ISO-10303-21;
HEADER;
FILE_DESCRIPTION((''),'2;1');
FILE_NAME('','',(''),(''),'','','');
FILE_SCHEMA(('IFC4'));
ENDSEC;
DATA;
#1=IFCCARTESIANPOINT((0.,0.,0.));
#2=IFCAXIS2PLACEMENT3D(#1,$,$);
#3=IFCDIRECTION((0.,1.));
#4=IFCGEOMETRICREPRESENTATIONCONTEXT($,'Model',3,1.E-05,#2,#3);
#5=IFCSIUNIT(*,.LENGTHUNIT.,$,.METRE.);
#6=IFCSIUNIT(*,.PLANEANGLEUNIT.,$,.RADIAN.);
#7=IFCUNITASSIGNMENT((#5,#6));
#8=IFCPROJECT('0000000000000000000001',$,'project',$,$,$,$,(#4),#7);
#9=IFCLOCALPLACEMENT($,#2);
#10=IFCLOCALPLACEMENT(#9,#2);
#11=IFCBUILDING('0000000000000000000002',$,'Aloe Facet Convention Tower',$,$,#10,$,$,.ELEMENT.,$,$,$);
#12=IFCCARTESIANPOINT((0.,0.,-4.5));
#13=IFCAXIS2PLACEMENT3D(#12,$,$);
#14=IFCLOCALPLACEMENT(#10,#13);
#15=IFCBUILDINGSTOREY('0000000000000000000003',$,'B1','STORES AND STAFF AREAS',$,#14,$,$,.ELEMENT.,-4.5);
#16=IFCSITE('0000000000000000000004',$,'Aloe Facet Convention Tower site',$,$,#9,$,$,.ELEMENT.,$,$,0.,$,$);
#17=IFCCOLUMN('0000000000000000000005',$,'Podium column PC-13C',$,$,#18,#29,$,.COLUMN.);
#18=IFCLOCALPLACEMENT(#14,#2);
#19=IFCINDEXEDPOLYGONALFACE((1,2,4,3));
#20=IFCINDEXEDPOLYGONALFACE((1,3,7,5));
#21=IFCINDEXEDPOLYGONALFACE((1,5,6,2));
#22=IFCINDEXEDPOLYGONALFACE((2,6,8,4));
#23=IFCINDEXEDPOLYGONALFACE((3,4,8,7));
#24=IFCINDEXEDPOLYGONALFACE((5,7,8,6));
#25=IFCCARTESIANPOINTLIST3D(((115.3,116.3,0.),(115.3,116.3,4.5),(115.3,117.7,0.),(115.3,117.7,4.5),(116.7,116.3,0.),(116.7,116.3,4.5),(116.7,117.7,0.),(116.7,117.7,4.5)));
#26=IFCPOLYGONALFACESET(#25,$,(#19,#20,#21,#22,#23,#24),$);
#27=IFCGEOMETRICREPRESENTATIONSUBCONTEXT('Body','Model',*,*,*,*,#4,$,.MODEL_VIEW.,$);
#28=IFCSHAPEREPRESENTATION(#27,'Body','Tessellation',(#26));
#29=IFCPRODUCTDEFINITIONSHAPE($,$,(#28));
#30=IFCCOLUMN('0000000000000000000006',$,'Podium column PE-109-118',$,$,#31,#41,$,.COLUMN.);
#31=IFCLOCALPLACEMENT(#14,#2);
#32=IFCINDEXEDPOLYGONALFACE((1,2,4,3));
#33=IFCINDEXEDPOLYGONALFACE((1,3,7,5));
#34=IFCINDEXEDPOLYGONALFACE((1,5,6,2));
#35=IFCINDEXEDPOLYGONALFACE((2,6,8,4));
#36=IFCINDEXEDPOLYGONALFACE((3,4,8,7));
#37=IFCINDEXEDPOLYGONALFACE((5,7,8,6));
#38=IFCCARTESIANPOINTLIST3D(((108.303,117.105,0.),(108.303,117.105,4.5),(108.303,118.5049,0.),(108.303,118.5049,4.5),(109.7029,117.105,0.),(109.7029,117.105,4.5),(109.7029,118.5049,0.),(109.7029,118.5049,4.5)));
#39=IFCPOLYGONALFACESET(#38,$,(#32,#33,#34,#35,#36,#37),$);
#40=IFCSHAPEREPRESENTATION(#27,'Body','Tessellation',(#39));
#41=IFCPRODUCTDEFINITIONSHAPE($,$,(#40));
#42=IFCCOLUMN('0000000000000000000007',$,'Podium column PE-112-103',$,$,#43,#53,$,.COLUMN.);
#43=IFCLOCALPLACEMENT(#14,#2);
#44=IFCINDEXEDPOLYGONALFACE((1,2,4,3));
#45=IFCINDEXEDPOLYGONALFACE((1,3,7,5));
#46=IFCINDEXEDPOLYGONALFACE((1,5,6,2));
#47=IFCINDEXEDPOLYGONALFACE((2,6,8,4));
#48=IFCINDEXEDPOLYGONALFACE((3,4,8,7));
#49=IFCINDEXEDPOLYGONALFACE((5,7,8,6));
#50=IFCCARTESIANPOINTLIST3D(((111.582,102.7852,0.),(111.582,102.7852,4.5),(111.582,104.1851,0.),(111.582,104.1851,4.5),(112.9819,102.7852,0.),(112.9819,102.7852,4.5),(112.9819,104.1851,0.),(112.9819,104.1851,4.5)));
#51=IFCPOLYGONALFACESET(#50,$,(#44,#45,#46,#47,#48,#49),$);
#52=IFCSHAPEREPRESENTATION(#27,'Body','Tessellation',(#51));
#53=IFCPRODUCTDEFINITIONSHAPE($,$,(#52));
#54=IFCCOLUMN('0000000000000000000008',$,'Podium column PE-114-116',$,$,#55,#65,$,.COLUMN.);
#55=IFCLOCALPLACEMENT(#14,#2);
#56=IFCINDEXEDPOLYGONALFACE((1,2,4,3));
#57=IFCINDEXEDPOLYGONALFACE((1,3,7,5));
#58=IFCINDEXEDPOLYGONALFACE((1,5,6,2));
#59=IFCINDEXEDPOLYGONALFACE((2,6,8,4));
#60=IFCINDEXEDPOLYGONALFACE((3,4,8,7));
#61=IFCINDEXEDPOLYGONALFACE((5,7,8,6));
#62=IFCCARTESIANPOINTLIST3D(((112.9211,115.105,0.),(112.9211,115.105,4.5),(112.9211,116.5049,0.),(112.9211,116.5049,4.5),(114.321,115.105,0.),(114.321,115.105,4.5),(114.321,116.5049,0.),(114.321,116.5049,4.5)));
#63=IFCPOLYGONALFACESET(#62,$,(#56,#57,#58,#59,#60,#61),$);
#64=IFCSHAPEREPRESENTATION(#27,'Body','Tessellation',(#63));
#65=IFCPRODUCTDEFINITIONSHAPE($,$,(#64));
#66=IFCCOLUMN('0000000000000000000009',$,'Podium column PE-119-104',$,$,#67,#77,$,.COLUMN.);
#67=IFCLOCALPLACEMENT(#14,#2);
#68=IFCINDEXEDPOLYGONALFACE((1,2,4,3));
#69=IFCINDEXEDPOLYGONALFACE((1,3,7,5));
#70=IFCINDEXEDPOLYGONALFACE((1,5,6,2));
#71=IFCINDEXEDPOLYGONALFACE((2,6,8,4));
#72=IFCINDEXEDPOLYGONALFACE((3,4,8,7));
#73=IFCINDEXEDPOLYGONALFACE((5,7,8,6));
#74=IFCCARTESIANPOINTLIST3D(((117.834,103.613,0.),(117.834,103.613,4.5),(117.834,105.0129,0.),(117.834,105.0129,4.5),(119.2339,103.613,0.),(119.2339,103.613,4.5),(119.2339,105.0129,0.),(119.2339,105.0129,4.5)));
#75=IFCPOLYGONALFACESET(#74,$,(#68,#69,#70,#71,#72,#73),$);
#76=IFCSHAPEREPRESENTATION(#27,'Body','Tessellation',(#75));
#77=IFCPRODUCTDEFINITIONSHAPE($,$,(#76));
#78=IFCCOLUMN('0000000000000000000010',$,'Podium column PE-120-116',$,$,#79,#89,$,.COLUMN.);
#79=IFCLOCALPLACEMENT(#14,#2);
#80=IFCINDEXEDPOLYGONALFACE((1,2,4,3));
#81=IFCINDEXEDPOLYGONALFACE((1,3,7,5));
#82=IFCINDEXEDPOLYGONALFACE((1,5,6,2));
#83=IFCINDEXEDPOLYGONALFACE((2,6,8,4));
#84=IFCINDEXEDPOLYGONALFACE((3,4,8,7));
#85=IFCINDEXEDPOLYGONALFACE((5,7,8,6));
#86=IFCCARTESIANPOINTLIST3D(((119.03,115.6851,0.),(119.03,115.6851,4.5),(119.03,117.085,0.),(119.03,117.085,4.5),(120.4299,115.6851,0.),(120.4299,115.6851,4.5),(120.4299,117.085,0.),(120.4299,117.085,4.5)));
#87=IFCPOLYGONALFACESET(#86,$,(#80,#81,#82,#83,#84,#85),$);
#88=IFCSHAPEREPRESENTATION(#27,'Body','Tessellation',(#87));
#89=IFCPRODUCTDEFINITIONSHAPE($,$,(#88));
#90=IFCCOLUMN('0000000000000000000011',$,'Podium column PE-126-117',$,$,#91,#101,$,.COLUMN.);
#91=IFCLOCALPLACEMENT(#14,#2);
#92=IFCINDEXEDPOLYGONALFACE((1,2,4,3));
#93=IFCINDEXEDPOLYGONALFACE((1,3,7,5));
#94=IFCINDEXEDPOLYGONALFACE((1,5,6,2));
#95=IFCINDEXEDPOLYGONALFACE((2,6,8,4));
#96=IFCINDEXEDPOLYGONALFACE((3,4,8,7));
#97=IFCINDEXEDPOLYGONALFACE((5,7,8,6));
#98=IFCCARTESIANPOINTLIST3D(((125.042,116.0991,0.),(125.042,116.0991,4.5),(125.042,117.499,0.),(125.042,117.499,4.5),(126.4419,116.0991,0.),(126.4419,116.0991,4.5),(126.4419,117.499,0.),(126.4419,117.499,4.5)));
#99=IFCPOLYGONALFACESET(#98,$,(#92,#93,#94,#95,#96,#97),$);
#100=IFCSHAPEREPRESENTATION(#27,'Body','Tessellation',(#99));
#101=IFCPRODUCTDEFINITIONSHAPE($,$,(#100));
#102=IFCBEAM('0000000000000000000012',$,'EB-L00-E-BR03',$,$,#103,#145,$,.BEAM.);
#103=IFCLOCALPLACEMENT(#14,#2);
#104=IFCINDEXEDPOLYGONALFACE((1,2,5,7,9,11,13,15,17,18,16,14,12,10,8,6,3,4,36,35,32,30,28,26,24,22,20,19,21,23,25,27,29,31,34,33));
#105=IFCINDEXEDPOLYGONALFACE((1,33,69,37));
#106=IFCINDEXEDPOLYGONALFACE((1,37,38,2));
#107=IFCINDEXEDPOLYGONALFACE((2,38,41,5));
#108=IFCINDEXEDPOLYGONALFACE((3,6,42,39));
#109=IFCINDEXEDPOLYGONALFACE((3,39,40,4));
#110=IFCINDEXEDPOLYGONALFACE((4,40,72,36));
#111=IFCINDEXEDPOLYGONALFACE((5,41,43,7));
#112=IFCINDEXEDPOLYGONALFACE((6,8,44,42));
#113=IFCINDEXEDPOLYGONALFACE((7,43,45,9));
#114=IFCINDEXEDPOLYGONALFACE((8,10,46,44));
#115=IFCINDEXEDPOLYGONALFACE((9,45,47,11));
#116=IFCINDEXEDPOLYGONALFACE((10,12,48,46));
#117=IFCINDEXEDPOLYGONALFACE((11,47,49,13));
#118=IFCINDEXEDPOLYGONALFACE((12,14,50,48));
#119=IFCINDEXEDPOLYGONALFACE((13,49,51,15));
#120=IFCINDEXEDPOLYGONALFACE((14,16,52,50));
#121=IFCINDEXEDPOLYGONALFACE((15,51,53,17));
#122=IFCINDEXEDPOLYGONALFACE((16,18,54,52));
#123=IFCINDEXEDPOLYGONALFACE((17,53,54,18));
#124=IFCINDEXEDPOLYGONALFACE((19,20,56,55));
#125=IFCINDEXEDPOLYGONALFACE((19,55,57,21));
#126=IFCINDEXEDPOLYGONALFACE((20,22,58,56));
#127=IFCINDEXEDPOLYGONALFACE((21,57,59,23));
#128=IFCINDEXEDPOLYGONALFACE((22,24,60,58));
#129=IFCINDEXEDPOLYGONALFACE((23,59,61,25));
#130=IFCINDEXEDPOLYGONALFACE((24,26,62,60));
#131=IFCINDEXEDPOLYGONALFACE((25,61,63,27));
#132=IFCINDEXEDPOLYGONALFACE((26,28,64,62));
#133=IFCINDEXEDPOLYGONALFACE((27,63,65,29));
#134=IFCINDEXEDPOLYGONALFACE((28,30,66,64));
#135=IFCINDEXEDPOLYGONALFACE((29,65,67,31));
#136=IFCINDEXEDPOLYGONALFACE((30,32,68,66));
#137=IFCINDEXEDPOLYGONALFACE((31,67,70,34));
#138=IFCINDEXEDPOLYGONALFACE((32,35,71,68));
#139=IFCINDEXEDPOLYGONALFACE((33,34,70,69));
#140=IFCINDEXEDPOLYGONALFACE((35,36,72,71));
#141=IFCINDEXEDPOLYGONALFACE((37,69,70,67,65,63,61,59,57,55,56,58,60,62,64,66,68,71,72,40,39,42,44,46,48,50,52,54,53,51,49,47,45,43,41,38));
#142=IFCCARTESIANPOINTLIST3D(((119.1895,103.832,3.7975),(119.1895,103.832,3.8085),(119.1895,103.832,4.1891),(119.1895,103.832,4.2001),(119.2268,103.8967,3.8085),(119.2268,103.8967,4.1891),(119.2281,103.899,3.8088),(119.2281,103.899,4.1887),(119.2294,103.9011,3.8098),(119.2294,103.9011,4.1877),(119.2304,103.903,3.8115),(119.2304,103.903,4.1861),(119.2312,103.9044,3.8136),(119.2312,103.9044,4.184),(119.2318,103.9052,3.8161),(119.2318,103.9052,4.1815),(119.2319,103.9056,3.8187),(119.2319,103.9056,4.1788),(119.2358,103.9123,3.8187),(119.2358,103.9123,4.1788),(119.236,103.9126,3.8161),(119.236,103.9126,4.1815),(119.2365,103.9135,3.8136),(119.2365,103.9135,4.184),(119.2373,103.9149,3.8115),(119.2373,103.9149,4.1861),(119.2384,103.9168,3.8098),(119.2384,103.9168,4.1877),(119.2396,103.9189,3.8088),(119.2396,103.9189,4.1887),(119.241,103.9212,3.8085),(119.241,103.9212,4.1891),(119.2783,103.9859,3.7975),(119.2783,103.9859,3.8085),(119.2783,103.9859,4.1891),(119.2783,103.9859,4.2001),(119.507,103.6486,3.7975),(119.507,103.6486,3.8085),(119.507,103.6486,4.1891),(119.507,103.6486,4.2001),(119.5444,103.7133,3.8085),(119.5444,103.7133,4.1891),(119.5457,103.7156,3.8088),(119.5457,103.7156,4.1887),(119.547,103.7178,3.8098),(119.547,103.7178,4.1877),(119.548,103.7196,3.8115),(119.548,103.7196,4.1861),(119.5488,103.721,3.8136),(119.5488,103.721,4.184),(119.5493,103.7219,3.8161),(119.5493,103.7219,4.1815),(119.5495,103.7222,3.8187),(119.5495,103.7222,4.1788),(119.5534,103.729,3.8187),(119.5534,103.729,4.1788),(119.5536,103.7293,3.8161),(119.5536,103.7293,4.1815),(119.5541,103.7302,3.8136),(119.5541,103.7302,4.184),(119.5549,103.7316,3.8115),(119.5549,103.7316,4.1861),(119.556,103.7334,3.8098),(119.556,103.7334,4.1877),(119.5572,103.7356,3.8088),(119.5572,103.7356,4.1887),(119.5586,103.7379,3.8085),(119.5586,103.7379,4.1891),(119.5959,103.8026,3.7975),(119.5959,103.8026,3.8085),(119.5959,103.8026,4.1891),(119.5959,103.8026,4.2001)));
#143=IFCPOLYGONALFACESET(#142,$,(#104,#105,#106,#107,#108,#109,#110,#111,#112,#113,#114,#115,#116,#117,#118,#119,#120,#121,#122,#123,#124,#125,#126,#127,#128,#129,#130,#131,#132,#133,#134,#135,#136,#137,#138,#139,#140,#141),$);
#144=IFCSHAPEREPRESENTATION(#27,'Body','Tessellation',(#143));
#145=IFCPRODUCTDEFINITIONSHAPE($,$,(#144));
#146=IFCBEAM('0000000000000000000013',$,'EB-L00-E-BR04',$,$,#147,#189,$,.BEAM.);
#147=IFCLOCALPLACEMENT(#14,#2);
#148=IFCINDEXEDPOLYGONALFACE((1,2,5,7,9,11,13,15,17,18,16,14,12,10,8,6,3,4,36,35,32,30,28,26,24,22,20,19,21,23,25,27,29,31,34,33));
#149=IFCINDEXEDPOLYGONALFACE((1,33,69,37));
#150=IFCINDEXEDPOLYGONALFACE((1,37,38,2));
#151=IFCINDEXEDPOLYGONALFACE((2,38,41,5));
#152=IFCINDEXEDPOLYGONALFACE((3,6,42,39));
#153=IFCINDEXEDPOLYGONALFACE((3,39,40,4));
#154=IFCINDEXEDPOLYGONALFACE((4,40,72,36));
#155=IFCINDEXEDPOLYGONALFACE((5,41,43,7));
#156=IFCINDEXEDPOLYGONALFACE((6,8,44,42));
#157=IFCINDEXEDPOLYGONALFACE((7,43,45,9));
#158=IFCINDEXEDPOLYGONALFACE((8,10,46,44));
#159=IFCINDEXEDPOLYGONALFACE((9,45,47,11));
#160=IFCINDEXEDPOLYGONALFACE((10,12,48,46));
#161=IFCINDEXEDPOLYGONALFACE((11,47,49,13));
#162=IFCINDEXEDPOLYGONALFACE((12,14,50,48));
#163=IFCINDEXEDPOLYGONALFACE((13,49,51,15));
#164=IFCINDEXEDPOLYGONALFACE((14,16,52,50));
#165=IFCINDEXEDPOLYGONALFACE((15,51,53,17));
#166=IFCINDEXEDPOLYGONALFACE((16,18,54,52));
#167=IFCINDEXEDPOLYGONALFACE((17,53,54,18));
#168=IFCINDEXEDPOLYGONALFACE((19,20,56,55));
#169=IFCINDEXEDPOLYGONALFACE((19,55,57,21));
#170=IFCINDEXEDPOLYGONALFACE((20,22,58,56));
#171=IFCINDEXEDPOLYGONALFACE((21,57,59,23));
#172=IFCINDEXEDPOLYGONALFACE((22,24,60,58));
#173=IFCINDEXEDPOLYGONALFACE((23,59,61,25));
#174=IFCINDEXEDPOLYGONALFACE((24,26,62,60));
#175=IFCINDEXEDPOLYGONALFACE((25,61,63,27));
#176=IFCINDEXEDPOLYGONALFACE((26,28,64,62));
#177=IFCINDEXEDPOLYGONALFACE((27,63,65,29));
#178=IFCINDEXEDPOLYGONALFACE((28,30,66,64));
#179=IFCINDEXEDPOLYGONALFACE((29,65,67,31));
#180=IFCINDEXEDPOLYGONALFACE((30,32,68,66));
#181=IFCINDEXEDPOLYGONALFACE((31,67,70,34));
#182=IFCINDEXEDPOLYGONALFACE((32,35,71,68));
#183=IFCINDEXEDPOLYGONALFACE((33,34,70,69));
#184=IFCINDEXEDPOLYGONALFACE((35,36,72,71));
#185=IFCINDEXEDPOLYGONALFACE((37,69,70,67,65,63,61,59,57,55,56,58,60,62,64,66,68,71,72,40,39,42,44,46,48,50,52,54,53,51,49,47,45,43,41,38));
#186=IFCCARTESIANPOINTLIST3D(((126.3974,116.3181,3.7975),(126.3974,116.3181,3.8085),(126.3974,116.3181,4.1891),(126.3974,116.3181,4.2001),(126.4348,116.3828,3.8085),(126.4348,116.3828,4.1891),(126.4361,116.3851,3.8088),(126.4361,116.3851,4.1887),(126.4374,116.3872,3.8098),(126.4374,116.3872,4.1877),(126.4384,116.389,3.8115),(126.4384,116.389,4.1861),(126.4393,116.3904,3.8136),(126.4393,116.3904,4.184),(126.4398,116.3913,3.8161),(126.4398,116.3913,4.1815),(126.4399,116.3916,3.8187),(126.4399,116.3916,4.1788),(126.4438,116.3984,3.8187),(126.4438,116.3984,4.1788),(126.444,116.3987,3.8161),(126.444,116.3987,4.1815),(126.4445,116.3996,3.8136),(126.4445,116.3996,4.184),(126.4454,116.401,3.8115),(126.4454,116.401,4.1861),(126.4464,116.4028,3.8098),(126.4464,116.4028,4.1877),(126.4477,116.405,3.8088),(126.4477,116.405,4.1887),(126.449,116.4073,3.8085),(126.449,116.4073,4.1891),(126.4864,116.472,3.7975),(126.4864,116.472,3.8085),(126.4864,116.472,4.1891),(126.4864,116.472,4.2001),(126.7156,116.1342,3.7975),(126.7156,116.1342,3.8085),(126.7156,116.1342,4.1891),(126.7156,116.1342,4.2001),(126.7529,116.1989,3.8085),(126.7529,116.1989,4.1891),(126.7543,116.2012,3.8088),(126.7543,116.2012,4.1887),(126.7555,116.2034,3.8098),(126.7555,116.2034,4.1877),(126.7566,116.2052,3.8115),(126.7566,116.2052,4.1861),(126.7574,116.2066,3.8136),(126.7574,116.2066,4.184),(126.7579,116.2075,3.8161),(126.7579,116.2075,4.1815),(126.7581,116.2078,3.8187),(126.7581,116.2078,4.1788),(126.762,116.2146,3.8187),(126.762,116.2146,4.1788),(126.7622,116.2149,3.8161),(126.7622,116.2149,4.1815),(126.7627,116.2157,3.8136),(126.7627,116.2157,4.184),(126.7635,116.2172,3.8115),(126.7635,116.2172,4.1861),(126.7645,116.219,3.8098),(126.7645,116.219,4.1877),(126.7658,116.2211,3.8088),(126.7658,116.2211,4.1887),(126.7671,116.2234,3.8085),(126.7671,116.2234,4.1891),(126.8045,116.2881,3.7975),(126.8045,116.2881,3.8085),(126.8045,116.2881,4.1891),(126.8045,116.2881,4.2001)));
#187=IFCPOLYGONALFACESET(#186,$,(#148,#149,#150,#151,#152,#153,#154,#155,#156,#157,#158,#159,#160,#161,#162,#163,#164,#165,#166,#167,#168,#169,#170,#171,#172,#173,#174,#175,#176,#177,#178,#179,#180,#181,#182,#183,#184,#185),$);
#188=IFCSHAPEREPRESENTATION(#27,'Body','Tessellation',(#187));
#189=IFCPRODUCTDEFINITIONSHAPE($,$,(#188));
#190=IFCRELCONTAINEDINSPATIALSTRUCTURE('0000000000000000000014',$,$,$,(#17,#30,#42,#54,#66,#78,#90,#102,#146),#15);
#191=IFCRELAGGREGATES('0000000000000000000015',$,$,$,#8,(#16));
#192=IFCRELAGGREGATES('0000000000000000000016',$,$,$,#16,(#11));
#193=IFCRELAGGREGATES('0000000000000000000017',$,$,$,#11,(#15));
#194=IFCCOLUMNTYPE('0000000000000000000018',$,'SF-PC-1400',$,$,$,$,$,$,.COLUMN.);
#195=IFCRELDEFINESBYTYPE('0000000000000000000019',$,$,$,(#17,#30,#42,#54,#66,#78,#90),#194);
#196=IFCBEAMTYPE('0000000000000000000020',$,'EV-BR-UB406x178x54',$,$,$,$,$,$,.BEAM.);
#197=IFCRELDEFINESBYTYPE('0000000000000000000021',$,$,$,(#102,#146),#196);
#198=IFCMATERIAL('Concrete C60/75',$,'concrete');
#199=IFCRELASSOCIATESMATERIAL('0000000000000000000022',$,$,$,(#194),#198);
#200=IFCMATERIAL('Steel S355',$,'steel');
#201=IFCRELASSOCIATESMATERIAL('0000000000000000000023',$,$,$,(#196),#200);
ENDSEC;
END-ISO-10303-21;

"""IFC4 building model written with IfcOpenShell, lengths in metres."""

from ifc_helpers import new_model, si_unit, direction, frame, origin, origin_2d, place, context, subcontext, project, spatial, rectangle, i_section, extrude, material, material_profile, profile_set, type_object, element, save


model = new_model("IFC4")

# Units and contexts
model_context = context("Model", 3, precision=1e-05, world=origin(), true_north=direction((0.0, 1.0)))
body_context = subcontext(model_context, "Body", "Model", "MODEL_VIEW")
ifc_project = project(units=[si_unit("LENGTHUNIT", "METRE"), si_unit("PLANEANGLEUNIT", "RADIAN")], contexts=[model_context])

# Site, building, storey
site_placement = place(None, origin())
site = spatial("IfcSite", under=ifc_project, at=site_placement, Name="Aloe Facet Convention Tower site", CompositionType="ELEMENT", RefElevation=0.0)
building_placement = place(site_placement, origin())
building = spatial("IfcBuilding", under=site, at=building_placement, Name="Aloe Facet Convention Tower", CompositionType="ELEMENT")
storey_placement = place(building_placement, frame((0.0, 0.0, -4.5)))
storey = spatial("IfcBuildingStorey", under=building, at=storey_placement, Name="B1", Description="STORES AND STAFF AREAS", CompositionType="ELEMENT", Elevation=-4.5)

# Columns
ifc_material_1 = material(Name="Concrete C60/75", Category="concrete")
ifc_material_profile_1 = material_profile(ifc_material_1, rectangle(XDim=1.3999, YDim=1.3999, at=origin_2d()), Name="SF-PC-1400")
ifc_profile_set_1 = profile_set([ifc_material_profile_1], Name="Concrete C60/75")
column_type = type_object("IfcColumnType", Name="SF-PC-1400", PredefinedType="COLUMN", material=ifc_profile_set_1)
for number, where, z_axis, x_axis, name in (
    (1, (116.0, 117.0, 0.0), (0.0, 0.0, 1.0), (1.0, 0.0, 0.0), "Podium column PC-13C"),
    (2, (109.0029, 117.8049, 0.0), (0.0, 0.0, 1.0), (1.0, 0.0, 0.0), "Podium column PE-109-118"),
    (3, (112.282, 103.4851, 0.0), (0.0, 0.0, 1.0), (1.0, 0.0, 0.0), "Podium column PE-112-103"),
    (4, (113.6211, 115.8049, 0.0), (0.0, 0.0, 1.0), (1.0, 0.0, 0.0), "Podium column PE-114-116"),
    (5, (118.5339, 104.313, 0.0), (0.0, 0.0, 1.0), (1.0, 0.0, 0.0), "Podium column PE-119-104"),
    (6, (119.73, 116.385, 0.0), (0.0, 0.0, 1.0), (1.0, 0.0, 0.0), "Podium column PE-120-116"),
    (7, (125.7419, 116.7991, 0.0), (0.0, 0.0, 1.0), (1.0, 0.0, 0.0), "Podium column PE-126-117"),
):
    element("IfcColumn", number, at=place(storey_placement, frame(where, z_axis=z_axis, x_axis=x_axis)), inside=storey, type_object=column_type, Name=name, PredefinedType="COLUMN", context=body_context, shape_type="SweptSolid", body=[
        extrude(rectangle(XDim=1.3999, YDim=1.3999, at=origin_2d()), origin(), (0.0, 0.0, 1.0), 4.5),
    ])

# Beams
ifc_material_2 = material(Name="Steel S355", Category="steel")
ifc_material_profile_2 = material_profile(ifc_material_2, i_section(OverallWidth=0.1777, OverallDepth=0.4026, WebThickness=0.0078, FlangeThickness=0.011, FilletRadius=0.0103, at=origin_2d()), Name="UB 406x178x54")
ifc_profile_set_2 = profile_set([ifc_material_profile_2], Name="Steel S355")
beam_type_1 = type_object("IfcBeamType", Name="EV-BR-UB406x178x54", PredefinedType="BEAM", material=ifc_profile_set_2)
beam_1_placement = place(storey_placement, frame((119.2339, 103.9089, 3.9988), z_axis=(0.866064, -0.499934, 0.0), x_axis=(0.499934, 0.866064, 0.0)))
element("IfcBeam", 8, at=beam_1_placement, inside=storey, type_object=beam_type_1, Name="EB-L00-E-BR03", PredefinedType="BEAM", context=body_context, shape_type="SweptSolid", body=[
    extrude(i_section(OverallWidth=0.1777, OverallDepth=0.4026, WebThickness=0.0078, FlangeThickness=0.011, FilletRadius=0.0103, at=origin_2d()), origin(), (0.0, 0.0, 1.0), 0.3667),
])
beam_2_placement = place(storey_placement, frame((126.4419, 116.395, 3.9988), z_axis=(0.86582, -0.500355, 0.0), x_axis=(0.500355, 0.86582, 0.0)))
element("IfcBeam", 9, at=beam_2_placement, inside=storey, type_object=beam_type_1, Name="EB-L00-E-BR04", PredefinedType="BEAM", context=body_context, shape_type="SweptSolid", body=[
    extrude(i_section(OverallWidth=0.1777, OverallDepth=0.4026, WebThickness=0.0078, FlangeThickness=0.011, FilletRadius=0.0103, at=origin_2d()), origin(), (0.0, 0.0, 1.0), 0.3674),
])

save(model, "model.ifc")
